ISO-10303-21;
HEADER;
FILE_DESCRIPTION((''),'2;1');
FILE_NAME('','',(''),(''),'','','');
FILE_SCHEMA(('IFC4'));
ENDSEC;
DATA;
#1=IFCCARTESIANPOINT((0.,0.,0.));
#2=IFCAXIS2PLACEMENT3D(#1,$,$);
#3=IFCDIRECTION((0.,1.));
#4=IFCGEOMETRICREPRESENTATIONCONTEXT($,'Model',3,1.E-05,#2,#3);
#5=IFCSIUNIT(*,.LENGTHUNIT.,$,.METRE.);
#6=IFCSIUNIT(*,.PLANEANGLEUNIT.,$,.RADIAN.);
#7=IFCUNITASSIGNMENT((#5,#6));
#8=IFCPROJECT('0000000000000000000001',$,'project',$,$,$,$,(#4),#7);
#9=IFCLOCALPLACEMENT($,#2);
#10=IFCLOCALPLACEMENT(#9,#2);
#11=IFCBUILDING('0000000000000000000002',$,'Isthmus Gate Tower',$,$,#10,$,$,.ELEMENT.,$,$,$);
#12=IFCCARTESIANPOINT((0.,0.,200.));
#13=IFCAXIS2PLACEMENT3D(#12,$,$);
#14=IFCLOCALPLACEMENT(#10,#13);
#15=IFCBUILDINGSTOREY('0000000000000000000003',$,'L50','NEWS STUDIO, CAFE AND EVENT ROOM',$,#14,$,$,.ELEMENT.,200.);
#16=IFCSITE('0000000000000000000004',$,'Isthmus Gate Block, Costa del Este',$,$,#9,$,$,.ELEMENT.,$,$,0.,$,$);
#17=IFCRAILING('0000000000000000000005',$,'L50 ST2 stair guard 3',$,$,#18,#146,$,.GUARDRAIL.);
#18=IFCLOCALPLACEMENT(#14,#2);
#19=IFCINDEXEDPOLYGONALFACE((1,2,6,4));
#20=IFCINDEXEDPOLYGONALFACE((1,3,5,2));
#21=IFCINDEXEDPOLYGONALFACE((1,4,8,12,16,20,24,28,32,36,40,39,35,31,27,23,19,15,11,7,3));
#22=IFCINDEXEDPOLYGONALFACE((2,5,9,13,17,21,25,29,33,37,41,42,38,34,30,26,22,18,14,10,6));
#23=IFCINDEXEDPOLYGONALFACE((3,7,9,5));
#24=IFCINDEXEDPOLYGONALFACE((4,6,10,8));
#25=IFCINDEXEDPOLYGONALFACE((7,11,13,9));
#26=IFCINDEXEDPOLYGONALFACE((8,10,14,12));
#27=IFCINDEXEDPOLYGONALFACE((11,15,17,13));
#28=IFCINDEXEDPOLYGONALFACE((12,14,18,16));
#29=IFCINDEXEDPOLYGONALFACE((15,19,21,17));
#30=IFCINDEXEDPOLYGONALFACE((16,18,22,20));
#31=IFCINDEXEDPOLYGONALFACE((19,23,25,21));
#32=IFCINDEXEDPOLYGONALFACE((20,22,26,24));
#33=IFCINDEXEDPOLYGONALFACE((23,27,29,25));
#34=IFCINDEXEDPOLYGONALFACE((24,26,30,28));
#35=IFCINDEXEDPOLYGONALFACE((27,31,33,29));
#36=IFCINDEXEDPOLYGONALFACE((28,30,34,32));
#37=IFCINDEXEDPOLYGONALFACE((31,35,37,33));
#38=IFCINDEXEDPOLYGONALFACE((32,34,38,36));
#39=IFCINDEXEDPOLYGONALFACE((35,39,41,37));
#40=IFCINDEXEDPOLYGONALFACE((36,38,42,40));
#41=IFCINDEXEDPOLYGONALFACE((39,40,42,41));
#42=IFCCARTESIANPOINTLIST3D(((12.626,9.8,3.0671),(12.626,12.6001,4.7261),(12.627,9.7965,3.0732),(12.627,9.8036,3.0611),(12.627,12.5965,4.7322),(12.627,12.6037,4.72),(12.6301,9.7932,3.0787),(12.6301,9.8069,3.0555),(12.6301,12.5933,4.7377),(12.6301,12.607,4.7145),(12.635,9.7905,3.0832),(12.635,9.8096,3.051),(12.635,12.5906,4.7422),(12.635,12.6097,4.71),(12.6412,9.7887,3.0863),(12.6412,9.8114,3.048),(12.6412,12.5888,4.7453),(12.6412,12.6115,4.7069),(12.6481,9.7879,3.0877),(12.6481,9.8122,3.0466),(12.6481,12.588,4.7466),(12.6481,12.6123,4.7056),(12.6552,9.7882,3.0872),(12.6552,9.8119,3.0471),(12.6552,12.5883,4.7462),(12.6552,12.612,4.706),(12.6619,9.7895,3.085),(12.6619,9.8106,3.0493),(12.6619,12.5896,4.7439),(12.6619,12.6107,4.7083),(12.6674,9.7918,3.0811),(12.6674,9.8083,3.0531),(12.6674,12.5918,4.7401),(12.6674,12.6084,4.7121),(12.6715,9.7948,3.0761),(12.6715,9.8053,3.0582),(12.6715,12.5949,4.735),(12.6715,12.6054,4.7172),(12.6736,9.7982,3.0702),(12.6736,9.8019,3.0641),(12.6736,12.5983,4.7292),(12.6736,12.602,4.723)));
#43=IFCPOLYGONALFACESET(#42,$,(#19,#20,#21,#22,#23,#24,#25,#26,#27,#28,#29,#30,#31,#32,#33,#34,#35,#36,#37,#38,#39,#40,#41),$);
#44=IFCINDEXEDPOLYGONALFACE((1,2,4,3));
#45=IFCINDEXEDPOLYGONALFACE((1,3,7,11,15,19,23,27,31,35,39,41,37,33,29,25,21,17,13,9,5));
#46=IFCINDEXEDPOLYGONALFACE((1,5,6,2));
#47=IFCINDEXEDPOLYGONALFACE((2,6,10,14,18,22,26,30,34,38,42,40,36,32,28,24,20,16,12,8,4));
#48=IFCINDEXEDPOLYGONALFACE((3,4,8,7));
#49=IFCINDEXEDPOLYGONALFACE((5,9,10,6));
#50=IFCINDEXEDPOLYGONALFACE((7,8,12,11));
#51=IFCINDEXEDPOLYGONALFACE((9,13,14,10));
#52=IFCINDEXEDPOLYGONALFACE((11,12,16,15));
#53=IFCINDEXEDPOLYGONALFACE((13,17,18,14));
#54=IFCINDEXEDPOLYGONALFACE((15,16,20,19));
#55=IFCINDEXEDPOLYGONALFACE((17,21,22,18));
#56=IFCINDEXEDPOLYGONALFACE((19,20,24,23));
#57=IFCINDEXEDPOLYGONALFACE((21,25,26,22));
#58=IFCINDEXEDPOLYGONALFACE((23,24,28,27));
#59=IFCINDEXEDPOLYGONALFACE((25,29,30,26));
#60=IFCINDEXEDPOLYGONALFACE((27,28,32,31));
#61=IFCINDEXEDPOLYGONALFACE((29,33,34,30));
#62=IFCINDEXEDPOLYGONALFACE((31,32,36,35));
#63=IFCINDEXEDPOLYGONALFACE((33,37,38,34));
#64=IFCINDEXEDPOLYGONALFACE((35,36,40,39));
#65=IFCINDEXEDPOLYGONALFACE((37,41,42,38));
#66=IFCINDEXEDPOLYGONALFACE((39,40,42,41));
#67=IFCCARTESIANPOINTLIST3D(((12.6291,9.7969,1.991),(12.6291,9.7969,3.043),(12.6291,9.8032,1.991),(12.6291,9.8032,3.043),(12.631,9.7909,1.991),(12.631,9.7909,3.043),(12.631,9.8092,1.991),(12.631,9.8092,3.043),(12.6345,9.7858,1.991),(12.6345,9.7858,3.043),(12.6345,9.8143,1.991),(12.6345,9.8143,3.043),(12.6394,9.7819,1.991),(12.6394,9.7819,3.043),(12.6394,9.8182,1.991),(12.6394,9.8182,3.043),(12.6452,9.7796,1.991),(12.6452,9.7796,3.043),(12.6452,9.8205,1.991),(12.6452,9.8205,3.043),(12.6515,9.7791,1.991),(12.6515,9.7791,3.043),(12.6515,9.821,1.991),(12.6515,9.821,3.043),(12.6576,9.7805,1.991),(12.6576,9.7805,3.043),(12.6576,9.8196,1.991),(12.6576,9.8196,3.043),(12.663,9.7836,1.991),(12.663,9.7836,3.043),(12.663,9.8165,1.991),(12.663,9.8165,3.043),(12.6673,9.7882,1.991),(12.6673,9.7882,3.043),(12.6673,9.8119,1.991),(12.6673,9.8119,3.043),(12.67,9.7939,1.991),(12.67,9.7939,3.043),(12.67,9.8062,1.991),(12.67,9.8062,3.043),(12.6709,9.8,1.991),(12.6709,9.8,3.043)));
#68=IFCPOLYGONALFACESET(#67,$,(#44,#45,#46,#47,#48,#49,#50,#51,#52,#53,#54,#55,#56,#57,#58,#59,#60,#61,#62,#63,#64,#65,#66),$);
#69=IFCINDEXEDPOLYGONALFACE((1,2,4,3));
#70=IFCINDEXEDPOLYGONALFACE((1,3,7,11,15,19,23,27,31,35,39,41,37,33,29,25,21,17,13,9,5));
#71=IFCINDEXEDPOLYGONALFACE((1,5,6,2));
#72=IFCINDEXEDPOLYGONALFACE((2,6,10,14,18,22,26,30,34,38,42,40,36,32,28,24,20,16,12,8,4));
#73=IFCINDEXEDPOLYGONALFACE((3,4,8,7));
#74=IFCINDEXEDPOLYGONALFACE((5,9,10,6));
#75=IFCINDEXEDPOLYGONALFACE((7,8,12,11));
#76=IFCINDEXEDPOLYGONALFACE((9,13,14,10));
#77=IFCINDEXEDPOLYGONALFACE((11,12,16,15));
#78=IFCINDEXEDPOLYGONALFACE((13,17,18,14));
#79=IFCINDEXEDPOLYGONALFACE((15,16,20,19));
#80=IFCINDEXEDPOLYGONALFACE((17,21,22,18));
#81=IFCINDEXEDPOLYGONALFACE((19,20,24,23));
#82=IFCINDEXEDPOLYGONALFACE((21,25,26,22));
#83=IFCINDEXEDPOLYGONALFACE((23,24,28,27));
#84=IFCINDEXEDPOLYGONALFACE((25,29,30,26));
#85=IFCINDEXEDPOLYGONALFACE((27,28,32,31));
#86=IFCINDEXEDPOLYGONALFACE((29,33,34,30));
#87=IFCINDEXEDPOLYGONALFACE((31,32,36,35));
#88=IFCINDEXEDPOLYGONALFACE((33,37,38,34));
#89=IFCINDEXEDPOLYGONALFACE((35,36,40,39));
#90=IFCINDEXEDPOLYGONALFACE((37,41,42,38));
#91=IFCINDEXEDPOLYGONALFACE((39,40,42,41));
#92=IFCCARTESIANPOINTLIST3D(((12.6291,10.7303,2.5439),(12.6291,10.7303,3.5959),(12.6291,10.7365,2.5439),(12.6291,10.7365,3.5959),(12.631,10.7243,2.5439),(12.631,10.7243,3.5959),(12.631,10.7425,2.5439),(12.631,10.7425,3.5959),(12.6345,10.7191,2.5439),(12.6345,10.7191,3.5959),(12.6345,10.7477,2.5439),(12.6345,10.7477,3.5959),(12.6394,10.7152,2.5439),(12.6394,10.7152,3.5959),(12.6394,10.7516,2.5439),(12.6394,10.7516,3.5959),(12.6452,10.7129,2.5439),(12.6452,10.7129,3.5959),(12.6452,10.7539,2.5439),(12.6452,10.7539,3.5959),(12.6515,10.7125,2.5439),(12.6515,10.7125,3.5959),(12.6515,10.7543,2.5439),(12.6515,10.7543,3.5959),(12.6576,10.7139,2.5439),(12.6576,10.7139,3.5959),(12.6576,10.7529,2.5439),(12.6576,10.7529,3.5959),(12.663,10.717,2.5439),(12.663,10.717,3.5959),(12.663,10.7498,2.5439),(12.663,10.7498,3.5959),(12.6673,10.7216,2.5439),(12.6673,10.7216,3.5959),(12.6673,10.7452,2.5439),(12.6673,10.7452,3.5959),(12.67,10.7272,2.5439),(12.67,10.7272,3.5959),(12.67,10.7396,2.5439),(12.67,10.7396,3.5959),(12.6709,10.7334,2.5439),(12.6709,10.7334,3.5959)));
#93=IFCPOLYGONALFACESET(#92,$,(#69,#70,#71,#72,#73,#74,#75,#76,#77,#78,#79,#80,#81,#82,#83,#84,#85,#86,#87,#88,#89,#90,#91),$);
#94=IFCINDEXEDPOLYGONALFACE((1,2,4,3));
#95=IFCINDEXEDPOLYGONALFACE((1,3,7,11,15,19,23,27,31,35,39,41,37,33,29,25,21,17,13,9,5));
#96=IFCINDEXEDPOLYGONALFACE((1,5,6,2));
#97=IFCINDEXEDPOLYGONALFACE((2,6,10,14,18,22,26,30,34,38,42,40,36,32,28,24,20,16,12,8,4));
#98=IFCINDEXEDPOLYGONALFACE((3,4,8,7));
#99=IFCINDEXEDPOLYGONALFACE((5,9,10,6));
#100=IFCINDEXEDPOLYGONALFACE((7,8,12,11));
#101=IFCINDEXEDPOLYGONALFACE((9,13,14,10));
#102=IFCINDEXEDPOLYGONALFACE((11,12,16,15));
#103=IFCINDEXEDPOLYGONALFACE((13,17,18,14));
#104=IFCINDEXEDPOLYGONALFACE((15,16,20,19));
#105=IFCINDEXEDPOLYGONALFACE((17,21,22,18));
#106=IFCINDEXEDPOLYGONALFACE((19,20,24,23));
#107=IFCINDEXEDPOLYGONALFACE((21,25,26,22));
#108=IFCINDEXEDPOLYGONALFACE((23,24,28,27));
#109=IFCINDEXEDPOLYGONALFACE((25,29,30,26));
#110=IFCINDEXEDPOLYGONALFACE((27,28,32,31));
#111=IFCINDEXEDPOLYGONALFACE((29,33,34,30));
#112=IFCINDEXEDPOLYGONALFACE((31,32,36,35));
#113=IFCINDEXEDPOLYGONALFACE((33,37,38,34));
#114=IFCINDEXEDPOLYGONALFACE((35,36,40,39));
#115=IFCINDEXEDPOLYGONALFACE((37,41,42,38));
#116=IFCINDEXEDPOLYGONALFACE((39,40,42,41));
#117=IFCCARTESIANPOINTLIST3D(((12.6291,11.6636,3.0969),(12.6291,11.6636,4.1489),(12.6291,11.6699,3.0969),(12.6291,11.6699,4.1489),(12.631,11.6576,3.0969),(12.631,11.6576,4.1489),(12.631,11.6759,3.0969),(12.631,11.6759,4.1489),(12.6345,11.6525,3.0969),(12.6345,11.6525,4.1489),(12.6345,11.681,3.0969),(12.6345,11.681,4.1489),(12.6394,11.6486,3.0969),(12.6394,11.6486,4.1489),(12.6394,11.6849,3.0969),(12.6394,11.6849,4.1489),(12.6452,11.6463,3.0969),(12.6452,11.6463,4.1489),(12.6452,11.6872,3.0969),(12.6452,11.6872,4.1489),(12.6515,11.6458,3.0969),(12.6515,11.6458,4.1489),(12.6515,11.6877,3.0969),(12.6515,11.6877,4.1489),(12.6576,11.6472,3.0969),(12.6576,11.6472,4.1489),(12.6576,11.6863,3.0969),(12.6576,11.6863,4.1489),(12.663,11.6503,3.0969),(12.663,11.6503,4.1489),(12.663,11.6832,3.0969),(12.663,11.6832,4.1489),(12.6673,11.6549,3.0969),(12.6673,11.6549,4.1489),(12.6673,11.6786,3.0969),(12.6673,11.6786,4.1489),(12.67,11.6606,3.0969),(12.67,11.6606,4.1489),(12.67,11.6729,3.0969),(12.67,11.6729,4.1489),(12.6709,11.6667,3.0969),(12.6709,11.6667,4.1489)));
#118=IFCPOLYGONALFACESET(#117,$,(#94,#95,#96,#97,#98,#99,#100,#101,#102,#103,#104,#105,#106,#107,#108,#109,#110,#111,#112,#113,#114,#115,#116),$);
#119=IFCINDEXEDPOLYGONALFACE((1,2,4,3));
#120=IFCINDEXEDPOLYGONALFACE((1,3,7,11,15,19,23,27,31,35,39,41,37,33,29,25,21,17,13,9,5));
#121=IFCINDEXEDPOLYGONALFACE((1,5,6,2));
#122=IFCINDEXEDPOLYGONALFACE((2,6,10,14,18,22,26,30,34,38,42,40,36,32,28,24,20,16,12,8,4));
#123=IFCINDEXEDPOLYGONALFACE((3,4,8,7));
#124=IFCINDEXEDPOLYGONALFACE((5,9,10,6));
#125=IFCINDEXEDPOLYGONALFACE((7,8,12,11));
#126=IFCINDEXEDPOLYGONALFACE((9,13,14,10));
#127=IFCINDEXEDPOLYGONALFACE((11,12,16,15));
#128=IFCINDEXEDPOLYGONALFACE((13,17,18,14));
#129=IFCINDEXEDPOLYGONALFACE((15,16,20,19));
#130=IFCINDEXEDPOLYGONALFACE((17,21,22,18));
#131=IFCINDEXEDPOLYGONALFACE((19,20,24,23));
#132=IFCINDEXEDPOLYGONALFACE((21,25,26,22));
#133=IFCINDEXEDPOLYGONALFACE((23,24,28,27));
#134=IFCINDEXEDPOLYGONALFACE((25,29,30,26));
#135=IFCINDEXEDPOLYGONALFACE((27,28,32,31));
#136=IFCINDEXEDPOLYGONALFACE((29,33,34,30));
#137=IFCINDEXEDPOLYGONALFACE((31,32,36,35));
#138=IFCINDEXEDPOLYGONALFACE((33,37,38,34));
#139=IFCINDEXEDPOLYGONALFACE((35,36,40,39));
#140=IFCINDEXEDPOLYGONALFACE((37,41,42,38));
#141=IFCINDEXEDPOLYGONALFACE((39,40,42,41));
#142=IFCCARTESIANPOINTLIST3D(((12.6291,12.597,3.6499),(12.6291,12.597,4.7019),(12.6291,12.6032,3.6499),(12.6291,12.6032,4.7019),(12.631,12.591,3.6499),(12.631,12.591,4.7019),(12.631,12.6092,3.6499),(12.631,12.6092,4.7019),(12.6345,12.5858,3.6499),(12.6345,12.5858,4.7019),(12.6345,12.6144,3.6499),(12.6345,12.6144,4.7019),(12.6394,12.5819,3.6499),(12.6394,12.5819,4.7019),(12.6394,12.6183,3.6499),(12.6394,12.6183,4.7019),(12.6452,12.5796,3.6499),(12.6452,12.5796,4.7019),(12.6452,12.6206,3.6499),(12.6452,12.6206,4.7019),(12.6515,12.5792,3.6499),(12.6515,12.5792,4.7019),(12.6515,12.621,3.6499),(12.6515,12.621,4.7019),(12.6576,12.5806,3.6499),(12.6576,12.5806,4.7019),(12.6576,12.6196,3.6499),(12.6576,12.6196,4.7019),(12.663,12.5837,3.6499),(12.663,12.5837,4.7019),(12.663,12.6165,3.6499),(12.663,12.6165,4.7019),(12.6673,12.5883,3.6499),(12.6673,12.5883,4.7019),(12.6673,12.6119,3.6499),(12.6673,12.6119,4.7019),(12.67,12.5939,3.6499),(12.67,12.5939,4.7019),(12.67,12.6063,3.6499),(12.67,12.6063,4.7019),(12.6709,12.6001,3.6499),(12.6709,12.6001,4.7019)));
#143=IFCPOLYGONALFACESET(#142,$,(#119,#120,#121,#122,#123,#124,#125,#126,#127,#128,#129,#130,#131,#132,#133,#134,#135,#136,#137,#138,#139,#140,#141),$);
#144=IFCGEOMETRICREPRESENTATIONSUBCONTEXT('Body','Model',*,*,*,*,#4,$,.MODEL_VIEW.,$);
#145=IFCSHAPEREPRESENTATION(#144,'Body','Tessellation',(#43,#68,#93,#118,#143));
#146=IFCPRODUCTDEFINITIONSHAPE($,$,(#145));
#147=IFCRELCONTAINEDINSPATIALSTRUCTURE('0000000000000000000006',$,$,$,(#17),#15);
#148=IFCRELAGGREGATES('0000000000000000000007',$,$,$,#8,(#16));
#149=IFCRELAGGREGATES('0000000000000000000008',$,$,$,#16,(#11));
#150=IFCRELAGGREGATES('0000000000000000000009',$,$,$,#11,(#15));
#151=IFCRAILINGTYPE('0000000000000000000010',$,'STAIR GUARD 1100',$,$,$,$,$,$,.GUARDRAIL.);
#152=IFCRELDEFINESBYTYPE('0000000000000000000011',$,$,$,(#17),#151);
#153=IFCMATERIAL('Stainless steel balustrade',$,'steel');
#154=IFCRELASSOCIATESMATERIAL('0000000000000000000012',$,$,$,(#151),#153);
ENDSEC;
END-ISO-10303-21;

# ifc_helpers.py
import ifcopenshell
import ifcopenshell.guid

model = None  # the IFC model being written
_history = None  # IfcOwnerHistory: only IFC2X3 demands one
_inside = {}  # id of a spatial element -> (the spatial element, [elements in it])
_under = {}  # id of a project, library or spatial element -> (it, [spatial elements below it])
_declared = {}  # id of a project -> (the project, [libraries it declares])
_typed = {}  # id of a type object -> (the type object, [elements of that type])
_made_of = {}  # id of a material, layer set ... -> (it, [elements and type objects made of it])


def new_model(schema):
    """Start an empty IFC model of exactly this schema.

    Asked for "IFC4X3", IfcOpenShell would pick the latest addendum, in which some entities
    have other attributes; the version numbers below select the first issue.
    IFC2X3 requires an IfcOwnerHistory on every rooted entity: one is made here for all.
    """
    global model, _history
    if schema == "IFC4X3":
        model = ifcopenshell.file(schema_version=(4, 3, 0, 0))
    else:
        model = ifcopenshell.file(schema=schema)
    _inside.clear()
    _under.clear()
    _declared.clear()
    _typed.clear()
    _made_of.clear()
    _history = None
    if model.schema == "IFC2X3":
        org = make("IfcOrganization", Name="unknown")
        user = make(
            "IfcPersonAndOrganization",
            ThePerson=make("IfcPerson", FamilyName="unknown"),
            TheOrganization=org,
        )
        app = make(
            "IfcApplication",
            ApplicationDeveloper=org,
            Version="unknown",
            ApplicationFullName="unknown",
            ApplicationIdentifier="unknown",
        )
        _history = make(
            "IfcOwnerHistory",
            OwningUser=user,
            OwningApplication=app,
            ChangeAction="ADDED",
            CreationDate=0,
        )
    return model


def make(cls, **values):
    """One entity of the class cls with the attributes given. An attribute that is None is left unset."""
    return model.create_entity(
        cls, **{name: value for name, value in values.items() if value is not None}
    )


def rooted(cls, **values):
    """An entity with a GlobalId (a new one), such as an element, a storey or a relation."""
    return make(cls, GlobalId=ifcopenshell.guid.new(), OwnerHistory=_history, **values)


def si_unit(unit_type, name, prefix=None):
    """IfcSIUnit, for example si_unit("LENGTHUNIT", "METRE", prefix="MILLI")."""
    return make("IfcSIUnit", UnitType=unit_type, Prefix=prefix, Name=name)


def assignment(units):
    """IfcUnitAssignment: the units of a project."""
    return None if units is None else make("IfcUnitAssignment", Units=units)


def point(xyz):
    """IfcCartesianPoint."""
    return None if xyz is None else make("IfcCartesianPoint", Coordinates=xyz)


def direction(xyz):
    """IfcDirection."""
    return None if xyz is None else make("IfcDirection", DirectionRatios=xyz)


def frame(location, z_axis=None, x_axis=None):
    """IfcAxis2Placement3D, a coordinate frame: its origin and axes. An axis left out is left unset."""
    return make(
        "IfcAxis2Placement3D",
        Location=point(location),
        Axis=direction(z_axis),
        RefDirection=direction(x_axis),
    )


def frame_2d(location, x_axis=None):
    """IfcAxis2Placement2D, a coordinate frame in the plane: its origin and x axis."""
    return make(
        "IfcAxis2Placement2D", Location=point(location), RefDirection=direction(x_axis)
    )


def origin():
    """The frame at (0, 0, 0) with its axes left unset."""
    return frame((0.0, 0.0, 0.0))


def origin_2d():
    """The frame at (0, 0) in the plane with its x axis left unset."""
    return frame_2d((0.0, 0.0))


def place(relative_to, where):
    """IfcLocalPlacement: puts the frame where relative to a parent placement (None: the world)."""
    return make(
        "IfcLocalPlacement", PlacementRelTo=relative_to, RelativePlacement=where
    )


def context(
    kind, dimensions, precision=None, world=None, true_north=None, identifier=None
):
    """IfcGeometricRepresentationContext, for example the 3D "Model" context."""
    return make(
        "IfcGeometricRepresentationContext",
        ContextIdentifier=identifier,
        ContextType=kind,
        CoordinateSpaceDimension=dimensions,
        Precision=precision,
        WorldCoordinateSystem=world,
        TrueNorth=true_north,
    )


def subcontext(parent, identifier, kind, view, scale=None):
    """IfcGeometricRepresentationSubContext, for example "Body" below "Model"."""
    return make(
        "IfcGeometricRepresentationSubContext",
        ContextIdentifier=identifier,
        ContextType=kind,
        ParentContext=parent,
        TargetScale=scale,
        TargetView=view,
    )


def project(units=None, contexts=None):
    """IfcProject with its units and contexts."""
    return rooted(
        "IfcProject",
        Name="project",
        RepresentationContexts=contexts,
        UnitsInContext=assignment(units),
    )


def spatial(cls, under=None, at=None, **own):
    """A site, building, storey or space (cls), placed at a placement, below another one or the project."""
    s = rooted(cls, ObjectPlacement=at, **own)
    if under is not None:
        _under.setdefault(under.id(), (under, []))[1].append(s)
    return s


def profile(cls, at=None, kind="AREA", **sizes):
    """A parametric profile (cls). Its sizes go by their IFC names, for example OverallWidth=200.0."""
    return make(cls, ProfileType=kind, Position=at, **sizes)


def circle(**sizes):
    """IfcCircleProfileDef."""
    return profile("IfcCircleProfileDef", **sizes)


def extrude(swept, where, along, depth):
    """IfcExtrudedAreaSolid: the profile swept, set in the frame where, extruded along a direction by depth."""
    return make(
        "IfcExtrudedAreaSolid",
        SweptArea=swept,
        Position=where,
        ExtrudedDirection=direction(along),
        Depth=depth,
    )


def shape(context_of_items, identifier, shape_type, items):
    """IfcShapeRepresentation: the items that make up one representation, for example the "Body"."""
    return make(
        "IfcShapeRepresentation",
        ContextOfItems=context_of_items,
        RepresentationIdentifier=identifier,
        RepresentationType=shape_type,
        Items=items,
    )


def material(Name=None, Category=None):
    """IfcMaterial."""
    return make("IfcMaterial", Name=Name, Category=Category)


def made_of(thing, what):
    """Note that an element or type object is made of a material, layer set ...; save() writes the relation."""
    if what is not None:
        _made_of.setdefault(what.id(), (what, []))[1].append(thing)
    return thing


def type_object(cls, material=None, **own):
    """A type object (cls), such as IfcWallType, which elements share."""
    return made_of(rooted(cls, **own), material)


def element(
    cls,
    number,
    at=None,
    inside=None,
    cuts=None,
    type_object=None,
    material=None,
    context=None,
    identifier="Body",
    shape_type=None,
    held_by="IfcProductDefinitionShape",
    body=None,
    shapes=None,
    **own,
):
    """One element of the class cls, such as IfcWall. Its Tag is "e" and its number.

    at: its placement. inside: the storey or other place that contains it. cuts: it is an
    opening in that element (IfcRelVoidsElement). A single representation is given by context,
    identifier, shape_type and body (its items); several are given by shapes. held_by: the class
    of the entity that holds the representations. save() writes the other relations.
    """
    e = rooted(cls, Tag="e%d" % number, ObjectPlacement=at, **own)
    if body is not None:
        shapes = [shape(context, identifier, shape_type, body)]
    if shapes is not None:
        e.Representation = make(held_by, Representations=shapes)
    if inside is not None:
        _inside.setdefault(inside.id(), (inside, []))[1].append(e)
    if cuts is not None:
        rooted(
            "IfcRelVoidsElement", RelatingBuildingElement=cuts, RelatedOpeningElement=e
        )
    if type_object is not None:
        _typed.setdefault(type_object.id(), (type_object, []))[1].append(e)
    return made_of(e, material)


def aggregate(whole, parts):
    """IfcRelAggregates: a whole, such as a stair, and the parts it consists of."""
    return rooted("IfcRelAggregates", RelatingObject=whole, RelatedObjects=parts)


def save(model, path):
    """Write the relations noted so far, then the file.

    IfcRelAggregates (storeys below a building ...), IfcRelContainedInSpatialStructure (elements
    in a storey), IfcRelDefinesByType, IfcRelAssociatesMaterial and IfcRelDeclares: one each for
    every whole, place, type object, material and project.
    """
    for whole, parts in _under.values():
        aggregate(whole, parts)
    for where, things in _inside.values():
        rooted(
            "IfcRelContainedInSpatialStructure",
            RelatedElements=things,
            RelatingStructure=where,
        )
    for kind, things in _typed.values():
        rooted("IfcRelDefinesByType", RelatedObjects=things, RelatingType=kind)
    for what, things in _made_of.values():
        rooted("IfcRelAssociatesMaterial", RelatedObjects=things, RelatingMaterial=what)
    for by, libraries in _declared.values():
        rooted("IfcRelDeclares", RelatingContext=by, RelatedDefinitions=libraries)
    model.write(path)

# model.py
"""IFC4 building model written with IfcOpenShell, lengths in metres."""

from ifc_helpers import new_model, si_unit, direction, frame, origin, origin_2d, place, context, subcontext, project, spatial, circle, extrude, material, type_object, element, save


model = new_model("IFC4")

# Units and contexts
model_context = context("Model", 3, precision=1e-05, world=origin(), true_north=direction((0.0, 1.0)))
body_context = subcontext(model_context, "Body", "Model", "MODEL_VIEW")
ifc_project = project(units=[si_unit("LENGTHUNIT", "METRE"), si_unit("PLANEANGLEUNIT", "RADIAN")], contexts=[model_context])

# Site, building, storey
site_placement = place(None, origin())
site = spatial("IfcSite", under=ifc_project, at=site_placement, Name="Isthmus Gate Block, Costa del Este", CompositionType="ELEMENT", RefElevation=0.0)
building_placement = place(site_placement, origin())
building = spatial("IfcBuilding", under=site, at=building_placement, Name="Isthmus Gate Tower", CompositionType="ELEMENT")
storey_placement = place(building_placement, frame((0.0, 0.0, 200.0)))
storey = spatial("IfcBuildingStorey", under=building, at=storey_placement, Name="L50", Description="NEWS STUDIO, CAFE AND EVENT ROOM", CompositionType="ELEMENT", Elevation=200.0)

# Railing
ifc_material_1 = material(Name="Stainless steel balustrade", Category="steel")
railing_type_1 = type_object("IfcRailingType", Name="STAIR GUARD 1100", PredefinedType="GUARDRAIL", material=ifc_material_1)
for number, where, name in (
    (1, (12.6499, 9.8, 1.991), "L50 ST2 stair guard 3"),
):
    element("IfcRailing", number, at=place(storey_placement, frame(where)), inside=storey, type_object=railing_type_1, Name=name, PredefinedType="GUARDRAIL", context=body_context, shape_type="SweptSolid", body=[
        extrude(circle(Radius=0.0239, at=origin_2d()), frame((0.0, 0.0, 1.0762), z_axis=(0.0, 0.860339, 0.509722), x_axis=(-1.0, 0.0, 0.0)), (0.0, 0.0, 1.0), 3.2546),
        extrude(circle(Radius=0.021, at=origin_2d()), origin(), (0.0, 0.0, 1.0), 1.052),
        extrude(circle(Radius=0.021, at=origin_2d()), frame((0.0, 0.9333, 0.553)), (0.0, 0.0, 1.0), 1.052),
        extrude(circle(Radius=0.021, at=origin_2d()), frame((0.0, 1.8667, 1.106)), (0.0, 0.0, 1.0), 1.052),
        extrude(circle(Radius=0.021, at=origin_2d()), frame((0.0, 2.8, 1.6589)), (0.0, 0.0, 1.0), 1.052),
    ])

save(model, "model.ifc")
